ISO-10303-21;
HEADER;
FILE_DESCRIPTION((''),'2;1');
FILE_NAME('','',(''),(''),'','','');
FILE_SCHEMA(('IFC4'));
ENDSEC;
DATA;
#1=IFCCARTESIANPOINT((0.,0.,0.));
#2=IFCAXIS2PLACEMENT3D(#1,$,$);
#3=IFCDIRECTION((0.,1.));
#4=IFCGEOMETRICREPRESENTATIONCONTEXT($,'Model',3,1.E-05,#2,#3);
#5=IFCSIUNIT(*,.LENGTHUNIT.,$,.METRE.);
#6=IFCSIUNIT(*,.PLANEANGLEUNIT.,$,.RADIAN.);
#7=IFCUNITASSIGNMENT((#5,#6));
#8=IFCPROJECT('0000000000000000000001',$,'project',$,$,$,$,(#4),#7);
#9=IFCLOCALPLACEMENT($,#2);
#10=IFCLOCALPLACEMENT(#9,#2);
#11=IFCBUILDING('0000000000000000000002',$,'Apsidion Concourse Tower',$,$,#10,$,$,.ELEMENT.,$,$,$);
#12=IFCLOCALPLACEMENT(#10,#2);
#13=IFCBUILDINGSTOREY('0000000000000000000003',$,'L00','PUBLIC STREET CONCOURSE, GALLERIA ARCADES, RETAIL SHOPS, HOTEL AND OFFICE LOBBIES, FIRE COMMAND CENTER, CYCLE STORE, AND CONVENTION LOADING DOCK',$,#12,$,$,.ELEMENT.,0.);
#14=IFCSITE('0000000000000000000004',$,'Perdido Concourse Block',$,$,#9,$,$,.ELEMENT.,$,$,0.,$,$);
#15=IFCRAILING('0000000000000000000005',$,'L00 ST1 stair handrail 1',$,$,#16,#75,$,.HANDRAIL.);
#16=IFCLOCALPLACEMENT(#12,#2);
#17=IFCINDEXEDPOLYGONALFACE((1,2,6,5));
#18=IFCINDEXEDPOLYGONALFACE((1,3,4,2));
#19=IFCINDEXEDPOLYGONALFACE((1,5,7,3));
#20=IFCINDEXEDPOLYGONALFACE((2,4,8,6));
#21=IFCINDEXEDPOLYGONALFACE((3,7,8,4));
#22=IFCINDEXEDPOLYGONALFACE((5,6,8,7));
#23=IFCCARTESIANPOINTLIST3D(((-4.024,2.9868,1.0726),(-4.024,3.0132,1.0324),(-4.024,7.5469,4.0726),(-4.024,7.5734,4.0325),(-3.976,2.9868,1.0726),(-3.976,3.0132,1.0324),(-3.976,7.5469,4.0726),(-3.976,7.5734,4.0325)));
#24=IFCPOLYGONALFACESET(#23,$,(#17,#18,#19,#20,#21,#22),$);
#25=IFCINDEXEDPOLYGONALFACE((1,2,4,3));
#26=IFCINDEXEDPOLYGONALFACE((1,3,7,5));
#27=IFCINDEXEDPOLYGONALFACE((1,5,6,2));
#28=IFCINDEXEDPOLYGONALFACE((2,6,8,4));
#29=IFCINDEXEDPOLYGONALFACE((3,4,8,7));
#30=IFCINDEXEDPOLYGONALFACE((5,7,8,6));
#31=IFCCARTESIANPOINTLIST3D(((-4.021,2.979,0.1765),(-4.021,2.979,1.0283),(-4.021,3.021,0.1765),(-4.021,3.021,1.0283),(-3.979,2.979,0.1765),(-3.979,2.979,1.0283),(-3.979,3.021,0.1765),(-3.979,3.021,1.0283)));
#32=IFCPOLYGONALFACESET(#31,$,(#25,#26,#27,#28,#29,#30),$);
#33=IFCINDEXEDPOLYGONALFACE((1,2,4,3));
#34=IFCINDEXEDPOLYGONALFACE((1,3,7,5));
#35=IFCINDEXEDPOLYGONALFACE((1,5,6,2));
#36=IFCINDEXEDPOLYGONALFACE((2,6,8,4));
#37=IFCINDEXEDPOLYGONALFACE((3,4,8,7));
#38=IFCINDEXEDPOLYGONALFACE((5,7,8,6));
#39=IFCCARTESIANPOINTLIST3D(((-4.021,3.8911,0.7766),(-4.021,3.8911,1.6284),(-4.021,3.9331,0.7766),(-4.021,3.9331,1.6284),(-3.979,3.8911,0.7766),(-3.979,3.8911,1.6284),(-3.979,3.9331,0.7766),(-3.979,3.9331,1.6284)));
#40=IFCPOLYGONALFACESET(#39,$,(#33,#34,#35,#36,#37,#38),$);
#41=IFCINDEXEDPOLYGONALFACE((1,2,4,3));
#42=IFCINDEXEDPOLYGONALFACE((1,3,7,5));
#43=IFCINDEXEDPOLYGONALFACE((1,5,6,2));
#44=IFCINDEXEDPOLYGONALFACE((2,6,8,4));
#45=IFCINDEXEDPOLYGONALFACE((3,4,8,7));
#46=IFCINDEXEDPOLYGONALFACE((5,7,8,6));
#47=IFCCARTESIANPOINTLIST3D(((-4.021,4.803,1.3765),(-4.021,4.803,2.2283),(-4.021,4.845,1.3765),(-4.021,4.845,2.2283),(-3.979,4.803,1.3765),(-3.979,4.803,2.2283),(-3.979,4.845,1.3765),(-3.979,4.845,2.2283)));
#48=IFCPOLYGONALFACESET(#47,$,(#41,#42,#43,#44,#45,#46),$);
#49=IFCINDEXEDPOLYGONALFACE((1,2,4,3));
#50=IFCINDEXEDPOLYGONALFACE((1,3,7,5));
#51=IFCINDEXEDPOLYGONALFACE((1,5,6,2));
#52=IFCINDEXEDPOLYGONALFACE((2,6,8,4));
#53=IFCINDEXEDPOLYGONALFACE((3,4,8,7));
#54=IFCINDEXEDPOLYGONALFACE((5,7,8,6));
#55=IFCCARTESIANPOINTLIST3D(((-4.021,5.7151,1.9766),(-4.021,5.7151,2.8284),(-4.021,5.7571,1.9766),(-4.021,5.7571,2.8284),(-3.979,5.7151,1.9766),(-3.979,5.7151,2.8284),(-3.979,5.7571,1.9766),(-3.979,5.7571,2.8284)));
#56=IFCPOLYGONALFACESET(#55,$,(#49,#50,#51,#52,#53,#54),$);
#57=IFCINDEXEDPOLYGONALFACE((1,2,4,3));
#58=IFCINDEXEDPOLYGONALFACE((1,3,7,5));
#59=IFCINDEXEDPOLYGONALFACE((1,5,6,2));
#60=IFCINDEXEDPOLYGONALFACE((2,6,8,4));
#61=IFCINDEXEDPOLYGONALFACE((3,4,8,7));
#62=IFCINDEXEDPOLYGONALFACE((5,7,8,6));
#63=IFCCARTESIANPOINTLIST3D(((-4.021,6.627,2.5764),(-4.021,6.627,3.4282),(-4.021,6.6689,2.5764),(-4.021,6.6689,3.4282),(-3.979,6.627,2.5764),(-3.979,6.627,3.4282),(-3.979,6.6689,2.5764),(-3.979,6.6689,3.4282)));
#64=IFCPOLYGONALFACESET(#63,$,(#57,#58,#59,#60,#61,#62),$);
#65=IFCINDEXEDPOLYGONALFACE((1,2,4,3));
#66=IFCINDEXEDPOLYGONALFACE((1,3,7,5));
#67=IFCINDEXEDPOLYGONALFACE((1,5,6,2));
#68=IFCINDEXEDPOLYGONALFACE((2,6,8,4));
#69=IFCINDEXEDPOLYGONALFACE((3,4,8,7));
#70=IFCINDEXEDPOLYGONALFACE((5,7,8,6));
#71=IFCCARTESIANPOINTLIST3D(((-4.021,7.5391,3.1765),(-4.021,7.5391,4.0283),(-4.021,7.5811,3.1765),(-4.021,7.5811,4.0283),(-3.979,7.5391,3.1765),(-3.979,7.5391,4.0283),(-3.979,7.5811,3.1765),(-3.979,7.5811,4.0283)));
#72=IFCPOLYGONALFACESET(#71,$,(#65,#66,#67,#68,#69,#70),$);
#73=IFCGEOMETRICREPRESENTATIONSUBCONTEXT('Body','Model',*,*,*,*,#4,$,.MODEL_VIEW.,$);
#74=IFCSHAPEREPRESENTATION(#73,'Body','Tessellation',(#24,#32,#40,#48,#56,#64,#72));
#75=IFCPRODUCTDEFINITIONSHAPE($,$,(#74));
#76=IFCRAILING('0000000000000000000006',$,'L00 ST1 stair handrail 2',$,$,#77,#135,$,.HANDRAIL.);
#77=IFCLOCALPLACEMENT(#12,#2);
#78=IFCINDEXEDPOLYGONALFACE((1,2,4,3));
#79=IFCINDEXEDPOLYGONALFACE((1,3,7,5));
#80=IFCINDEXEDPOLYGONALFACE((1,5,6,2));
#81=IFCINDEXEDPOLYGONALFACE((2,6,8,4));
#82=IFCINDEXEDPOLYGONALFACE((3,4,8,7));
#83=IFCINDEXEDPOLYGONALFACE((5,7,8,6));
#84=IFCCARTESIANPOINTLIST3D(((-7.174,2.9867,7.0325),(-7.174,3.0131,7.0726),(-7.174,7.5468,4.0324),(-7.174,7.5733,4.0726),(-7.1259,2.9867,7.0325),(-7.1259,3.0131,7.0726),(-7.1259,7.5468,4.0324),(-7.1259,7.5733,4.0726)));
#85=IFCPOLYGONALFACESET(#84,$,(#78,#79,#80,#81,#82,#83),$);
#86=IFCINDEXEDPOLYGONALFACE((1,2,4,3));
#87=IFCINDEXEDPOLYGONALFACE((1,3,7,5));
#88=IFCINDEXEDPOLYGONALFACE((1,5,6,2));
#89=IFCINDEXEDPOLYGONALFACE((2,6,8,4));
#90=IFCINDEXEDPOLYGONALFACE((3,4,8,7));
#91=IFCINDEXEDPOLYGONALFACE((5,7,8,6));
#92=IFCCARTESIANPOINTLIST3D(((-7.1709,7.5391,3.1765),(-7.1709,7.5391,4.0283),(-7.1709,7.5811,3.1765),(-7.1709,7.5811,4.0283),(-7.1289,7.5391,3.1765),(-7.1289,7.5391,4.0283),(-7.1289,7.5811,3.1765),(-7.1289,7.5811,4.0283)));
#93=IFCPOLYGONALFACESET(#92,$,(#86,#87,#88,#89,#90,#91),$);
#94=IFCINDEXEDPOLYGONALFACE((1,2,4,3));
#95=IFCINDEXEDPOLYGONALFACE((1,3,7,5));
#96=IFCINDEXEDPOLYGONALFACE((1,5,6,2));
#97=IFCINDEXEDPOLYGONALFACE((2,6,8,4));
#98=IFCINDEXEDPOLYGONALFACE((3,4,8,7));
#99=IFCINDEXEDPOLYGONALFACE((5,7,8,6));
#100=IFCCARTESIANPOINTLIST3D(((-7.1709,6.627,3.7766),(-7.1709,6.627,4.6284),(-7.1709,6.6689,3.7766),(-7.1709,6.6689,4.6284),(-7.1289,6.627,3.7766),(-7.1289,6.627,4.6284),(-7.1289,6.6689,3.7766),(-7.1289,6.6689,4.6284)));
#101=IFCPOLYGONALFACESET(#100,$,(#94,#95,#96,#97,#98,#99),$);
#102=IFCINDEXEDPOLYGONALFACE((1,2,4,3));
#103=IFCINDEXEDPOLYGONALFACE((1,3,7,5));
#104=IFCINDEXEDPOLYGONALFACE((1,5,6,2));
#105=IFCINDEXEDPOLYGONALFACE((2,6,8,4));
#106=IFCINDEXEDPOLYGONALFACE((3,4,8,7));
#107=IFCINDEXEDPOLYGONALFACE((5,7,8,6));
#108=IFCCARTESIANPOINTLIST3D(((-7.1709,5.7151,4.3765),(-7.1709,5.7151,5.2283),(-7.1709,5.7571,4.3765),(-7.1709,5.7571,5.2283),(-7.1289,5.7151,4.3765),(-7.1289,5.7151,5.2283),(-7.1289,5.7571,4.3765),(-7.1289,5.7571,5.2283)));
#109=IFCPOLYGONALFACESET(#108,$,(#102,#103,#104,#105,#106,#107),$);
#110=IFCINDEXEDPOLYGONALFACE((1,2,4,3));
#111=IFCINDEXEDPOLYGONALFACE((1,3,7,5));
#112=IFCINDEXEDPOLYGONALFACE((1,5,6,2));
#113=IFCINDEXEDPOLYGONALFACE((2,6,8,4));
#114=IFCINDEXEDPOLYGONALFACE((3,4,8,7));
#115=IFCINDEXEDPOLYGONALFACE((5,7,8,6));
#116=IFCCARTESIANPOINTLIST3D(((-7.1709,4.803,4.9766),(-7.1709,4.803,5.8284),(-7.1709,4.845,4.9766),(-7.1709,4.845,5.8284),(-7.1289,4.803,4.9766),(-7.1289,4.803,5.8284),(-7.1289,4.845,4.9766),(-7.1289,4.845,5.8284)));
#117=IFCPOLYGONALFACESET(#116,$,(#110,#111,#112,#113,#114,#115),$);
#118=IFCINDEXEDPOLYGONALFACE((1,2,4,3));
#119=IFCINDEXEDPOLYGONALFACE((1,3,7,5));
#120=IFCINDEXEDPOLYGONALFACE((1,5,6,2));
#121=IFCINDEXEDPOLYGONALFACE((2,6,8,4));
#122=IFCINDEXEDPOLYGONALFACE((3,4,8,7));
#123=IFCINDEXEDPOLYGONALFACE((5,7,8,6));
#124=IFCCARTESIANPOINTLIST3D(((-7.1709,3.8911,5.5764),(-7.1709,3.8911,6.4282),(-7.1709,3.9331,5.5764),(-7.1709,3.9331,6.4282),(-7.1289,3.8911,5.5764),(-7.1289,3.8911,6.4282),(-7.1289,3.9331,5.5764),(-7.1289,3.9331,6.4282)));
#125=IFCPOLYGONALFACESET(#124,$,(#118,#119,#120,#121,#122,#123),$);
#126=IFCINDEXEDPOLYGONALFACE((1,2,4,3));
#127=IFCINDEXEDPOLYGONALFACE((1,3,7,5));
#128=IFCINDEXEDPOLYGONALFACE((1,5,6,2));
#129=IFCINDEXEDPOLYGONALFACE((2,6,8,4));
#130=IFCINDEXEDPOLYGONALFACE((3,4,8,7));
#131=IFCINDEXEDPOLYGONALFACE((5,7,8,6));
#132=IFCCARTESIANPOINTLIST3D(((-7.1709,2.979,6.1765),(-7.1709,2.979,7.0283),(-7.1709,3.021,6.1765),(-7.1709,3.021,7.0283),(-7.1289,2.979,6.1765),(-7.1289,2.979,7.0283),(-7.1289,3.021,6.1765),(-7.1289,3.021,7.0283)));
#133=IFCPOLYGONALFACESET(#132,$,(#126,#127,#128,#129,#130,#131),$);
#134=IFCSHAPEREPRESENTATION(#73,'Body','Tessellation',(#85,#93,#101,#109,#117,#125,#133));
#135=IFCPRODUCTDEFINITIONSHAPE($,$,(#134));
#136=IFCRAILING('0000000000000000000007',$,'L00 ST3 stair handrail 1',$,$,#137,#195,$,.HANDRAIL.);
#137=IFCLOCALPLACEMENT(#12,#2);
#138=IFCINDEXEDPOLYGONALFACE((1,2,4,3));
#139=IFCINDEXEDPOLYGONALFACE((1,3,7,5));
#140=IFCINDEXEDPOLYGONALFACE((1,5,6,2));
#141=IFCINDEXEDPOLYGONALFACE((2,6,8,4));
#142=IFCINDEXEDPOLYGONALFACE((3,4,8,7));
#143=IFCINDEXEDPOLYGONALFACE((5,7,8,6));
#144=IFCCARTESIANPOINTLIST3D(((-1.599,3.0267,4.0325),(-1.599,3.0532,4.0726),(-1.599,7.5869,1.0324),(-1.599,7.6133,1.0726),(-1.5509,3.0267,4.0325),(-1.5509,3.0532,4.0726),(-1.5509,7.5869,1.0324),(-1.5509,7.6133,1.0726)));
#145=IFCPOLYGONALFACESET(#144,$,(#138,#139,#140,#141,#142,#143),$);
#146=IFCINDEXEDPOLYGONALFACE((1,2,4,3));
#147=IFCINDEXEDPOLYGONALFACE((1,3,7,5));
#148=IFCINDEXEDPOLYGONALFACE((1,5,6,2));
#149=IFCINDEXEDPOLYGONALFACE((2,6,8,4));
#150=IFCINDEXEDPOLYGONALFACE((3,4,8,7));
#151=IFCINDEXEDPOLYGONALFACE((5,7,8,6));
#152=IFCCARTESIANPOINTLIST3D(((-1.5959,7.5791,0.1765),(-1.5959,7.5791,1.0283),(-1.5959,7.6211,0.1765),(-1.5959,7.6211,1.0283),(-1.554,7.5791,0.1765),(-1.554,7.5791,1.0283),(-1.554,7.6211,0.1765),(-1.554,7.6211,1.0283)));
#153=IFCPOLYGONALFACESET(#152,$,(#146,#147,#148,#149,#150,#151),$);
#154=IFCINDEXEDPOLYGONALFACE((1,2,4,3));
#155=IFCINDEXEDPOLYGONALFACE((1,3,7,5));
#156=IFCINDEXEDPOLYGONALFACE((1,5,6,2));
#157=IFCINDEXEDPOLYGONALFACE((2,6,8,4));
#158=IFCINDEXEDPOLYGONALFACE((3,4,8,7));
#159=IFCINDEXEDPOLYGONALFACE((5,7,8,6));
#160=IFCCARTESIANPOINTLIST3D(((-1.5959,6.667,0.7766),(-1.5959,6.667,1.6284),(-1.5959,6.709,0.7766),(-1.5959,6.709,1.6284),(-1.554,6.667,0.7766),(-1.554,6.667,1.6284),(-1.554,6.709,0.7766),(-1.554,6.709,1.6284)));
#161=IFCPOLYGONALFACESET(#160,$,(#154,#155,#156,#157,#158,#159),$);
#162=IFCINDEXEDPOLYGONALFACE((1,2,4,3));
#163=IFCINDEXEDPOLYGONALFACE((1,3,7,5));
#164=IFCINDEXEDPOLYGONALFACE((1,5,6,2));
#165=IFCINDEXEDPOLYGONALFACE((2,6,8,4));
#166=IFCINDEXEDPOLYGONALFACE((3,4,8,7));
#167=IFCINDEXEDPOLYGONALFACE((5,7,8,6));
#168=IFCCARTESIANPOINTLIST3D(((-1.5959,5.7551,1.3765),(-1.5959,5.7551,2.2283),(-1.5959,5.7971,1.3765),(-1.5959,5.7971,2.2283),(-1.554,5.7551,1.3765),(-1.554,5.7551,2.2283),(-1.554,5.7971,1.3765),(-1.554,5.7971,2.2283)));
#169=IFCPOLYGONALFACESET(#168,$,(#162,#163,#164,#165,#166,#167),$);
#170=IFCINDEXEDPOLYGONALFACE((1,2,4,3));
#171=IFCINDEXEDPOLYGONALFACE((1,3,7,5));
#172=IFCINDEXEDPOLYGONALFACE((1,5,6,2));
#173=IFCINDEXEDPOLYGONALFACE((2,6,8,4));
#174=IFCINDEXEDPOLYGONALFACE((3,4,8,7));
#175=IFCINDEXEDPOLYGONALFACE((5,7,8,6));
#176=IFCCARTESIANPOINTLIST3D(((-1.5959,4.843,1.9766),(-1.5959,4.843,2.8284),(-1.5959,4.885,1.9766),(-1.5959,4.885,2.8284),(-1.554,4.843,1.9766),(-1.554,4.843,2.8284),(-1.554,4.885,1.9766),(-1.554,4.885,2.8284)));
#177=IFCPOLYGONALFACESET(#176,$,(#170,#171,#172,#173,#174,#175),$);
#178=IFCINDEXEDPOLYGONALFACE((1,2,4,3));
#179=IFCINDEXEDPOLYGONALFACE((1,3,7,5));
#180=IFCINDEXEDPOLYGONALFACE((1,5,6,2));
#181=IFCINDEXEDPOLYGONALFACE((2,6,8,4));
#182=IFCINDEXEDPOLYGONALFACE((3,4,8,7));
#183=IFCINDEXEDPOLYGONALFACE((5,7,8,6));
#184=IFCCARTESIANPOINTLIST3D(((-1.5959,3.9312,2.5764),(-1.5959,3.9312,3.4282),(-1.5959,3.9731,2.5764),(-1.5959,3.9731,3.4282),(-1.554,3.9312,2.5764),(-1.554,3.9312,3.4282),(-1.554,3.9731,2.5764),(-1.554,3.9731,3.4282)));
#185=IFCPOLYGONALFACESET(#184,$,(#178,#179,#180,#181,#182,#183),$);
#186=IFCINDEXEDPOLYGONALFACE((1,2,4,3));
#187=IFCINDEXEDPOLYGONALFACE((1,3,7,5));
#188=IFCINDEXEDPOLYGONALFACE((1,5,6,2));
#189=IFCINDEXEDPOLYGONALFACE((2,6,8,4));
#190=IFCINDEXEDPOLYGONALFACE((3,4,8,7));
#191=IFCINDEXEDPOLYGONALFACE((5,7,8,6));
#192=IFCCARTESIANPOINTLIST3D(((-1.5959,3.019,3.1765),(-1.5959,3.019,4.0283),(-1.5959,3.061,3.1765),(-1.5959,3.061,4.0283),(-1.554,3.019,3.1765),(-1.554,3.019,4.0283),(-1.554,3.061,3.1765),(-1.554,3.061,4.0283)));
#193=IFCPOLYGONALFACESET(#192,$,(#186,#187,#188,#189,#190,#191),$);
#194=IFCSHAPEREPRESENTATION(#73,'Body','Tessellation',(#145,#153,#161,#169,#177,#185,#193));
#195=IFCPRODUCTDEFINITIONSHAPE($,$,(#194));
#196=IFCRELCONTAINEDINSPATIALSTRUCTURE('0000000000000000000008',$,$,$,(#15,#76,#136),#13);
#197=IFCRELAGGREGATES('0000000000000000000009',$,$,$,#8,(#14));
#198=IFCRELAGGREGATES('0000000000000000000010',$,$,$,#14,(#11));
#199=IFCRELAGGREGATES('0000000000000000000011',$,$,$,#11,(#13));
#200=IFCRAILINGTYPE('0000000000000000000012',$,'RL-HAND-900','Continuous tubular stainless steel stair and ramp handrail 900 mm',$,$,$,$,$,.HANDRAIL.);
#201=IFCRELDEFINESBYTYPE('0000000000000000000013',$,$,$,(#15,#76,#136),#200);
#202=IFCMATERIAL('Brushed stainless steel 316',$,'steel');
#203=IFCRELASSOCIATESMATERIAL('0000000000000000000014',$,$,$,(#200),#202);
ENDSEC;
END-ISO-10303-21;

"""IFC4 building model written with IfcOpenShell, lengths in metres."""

from ifc_helpers import new_model, si_unit, direction, frame, origin, origin_2d, place, context, subcontext, project, spatial, rectangle, extrude, material, type_object, element, save


model = new_model("IFC4")

# Units and contexts
model_context = context("Model", 3, precision=1e-05, world=origin(), true_north=direction((0.0, 1.0)))
body_context = subcontext(model_context, "Body", "Model", "MODEL_VIEW")
ifc_project = project(units=[si_unit("LENGTHUNIT", "METRE"), si_unit("PLANEANGLEUNIT", "RADIAN")], contexts=[model_context])

# Site, building, storey
site_placement = place(None, origin())
site = spatial("IfcSite", under=ifc_project, at=site_placement, Name="Perdido Concourse Block", CompositionType="ELEMENT", RefElevation=0.0)
building_placement = place(site_placement, origin())
building = spatial("IfcBuilding", under=site, at=building_placement, Name="Apsidion Concourse Tower", CompositionType="ELEMENT")
storey_placement = place(building_placement, origin())
storey = spatial("IfcBuildingStorey", under=building, at=storey_placement, Name="L00", Description="PUBLIC STREET CONCOURSE, GALLERIA ARCADES, RETAIL SHOPS, HOTEL AND OFFICE LOBBIES, FIRE COMMAND CENTER, CYCLE STORE, AND CONVENTION LOADING DOCK", CompositionType="ELEMENT", Elevation=0.0)

# Shared definitions
ifc_material_1 = material(Name="Brushed stainless steel 316", Category="steel")

# Railings
railing_type_1 = type_object("IfcRailingType", Name="RL-HAND-900", Description="Continuous tubular stainless steel stair and ramp handrail 900 mm", PredefinedType="HANDRAIL", material=ifc_material_1)
railing_1_placement = place(storey_placement, frame((-4.0, 3.0, 0.1765)))
element("IfcRailing", 1, at=railing_1_placement, inside=storey, type_object=railing_type_1, Name="L00 ST1 stair handrail 1", PredefinedType="HANDRAIL", context=body_context, shape_type="SweptSolid", body=[
    extrude(rectangle(XDim=0.0481, YDim=0.0481, at=origin_2d()), frame((0.0, 0.0, 0.876), z_axis=(0.0, 0.83542, 0.549612), x_axis=(-1.0, 0.0, 0.0)), (0.0, 0.0, 1.0), 5.4585),
    extrude(rectangle(XDim=0.042, YDim=0.042, at=origin_2d()), origin(), (0.0, 0.0, 1.0), 0.8518),
    extrude(rectangle(XDim=0.042, YDim=0.042, at=origin_2d()), frame((0.0, 0.9121, 0.6001)), (0.0, 0.0, 1.0), 0.8518),
    extrude(rectangle(XDim=0.042, YDim=0.042, at=origin_2d()), frame((0.0, 1.824, 1.2)), (0.0, 0.0, 1.0), 0.8518),
    extrude(rectangle(XDim=0.042, YDim=0.042, at=origin_2d()), frame((0.0, 2.7361, 1.8)), (0.0, 0.0, 1.0), 0.8518),
    extrude(rectangle(XDim=0.042, YDim=0.042, at=origin_2d()), frame((0.0, 3.6479, 2.3999)), (0.0, 0.0, 1.0), 0.8518),
    extrude(rectangle(XDim=0.042, YDim=0.042, at=origin_2d()), frame((0.0, 4.5601, 3.0)), (0.0, 0.0, 1.0), 0.8518),
])
for number, where, name in (
    (2, (-7.1499, 7.5601, 3.1765), "L00 ST1 stair handrail 2"),
    (3, (-1.575, 7.6001, 0.1765), "L00 ST3 stair handrail 1"),
):
    element("IfcRailing", number, at=place(storey_placement, frame(where)), inside=storey, type_object=railing_type_1, Name=name, PredefinedType="HANDRAIL", context=body_context, shape_type="SweptSolid", body=[
        extrude(rectangle(XDim=0.0481, YDim=0.0481, at=origin_2d()), frame((0.0, 0.0, 0.876), z_axis=(0.0, -0.83542, 0.549612), x_axis=(1.0, 0.0, 0.0)), (0.0, 0.0, 1.0), 5.4585),
        extrude(rectangle(XDim=0.042, YDim=0.042, at=origin_2d()), origin(), (0.0, 0.0, 1.0), 0.8518),
        extrude(rectangle(XDim=0.042, YDim=0.042, at=origin_2d()), frame((0.0, -0.9121, 0.6001)), (0.0, 0.0, 1.0), 0.8518),
        extrude(rectangle(XDim=0.042, YDim=0.042, at=origin_2d()), frame((0.0, -1.824, 1.2)), (0.0, 0.0, 1.0), 0.8518),
        extrude(rectangle(XDim=0.042, YDim=0.042, at=origin_2d()), frame((0.0, -2.7361, 1.8)), (0.0, 0.0, 1.0), 0.8518),
        extrude(rectangle(XDim=0.042, YDim=0.042, at=origin_2d()), frame((0.0, -3.6479, 2.3999)), (0.0, 0.0, 1.0), 0.8518),
        extrude(rectangle(XDim=0.042, YDim=0.042, at=origin_2d()), frame((0.0, -4.5601, 3.0)), (0.0, 0.0, 1.0), 0.8518),
    ])

save(model, "model.ifc")
